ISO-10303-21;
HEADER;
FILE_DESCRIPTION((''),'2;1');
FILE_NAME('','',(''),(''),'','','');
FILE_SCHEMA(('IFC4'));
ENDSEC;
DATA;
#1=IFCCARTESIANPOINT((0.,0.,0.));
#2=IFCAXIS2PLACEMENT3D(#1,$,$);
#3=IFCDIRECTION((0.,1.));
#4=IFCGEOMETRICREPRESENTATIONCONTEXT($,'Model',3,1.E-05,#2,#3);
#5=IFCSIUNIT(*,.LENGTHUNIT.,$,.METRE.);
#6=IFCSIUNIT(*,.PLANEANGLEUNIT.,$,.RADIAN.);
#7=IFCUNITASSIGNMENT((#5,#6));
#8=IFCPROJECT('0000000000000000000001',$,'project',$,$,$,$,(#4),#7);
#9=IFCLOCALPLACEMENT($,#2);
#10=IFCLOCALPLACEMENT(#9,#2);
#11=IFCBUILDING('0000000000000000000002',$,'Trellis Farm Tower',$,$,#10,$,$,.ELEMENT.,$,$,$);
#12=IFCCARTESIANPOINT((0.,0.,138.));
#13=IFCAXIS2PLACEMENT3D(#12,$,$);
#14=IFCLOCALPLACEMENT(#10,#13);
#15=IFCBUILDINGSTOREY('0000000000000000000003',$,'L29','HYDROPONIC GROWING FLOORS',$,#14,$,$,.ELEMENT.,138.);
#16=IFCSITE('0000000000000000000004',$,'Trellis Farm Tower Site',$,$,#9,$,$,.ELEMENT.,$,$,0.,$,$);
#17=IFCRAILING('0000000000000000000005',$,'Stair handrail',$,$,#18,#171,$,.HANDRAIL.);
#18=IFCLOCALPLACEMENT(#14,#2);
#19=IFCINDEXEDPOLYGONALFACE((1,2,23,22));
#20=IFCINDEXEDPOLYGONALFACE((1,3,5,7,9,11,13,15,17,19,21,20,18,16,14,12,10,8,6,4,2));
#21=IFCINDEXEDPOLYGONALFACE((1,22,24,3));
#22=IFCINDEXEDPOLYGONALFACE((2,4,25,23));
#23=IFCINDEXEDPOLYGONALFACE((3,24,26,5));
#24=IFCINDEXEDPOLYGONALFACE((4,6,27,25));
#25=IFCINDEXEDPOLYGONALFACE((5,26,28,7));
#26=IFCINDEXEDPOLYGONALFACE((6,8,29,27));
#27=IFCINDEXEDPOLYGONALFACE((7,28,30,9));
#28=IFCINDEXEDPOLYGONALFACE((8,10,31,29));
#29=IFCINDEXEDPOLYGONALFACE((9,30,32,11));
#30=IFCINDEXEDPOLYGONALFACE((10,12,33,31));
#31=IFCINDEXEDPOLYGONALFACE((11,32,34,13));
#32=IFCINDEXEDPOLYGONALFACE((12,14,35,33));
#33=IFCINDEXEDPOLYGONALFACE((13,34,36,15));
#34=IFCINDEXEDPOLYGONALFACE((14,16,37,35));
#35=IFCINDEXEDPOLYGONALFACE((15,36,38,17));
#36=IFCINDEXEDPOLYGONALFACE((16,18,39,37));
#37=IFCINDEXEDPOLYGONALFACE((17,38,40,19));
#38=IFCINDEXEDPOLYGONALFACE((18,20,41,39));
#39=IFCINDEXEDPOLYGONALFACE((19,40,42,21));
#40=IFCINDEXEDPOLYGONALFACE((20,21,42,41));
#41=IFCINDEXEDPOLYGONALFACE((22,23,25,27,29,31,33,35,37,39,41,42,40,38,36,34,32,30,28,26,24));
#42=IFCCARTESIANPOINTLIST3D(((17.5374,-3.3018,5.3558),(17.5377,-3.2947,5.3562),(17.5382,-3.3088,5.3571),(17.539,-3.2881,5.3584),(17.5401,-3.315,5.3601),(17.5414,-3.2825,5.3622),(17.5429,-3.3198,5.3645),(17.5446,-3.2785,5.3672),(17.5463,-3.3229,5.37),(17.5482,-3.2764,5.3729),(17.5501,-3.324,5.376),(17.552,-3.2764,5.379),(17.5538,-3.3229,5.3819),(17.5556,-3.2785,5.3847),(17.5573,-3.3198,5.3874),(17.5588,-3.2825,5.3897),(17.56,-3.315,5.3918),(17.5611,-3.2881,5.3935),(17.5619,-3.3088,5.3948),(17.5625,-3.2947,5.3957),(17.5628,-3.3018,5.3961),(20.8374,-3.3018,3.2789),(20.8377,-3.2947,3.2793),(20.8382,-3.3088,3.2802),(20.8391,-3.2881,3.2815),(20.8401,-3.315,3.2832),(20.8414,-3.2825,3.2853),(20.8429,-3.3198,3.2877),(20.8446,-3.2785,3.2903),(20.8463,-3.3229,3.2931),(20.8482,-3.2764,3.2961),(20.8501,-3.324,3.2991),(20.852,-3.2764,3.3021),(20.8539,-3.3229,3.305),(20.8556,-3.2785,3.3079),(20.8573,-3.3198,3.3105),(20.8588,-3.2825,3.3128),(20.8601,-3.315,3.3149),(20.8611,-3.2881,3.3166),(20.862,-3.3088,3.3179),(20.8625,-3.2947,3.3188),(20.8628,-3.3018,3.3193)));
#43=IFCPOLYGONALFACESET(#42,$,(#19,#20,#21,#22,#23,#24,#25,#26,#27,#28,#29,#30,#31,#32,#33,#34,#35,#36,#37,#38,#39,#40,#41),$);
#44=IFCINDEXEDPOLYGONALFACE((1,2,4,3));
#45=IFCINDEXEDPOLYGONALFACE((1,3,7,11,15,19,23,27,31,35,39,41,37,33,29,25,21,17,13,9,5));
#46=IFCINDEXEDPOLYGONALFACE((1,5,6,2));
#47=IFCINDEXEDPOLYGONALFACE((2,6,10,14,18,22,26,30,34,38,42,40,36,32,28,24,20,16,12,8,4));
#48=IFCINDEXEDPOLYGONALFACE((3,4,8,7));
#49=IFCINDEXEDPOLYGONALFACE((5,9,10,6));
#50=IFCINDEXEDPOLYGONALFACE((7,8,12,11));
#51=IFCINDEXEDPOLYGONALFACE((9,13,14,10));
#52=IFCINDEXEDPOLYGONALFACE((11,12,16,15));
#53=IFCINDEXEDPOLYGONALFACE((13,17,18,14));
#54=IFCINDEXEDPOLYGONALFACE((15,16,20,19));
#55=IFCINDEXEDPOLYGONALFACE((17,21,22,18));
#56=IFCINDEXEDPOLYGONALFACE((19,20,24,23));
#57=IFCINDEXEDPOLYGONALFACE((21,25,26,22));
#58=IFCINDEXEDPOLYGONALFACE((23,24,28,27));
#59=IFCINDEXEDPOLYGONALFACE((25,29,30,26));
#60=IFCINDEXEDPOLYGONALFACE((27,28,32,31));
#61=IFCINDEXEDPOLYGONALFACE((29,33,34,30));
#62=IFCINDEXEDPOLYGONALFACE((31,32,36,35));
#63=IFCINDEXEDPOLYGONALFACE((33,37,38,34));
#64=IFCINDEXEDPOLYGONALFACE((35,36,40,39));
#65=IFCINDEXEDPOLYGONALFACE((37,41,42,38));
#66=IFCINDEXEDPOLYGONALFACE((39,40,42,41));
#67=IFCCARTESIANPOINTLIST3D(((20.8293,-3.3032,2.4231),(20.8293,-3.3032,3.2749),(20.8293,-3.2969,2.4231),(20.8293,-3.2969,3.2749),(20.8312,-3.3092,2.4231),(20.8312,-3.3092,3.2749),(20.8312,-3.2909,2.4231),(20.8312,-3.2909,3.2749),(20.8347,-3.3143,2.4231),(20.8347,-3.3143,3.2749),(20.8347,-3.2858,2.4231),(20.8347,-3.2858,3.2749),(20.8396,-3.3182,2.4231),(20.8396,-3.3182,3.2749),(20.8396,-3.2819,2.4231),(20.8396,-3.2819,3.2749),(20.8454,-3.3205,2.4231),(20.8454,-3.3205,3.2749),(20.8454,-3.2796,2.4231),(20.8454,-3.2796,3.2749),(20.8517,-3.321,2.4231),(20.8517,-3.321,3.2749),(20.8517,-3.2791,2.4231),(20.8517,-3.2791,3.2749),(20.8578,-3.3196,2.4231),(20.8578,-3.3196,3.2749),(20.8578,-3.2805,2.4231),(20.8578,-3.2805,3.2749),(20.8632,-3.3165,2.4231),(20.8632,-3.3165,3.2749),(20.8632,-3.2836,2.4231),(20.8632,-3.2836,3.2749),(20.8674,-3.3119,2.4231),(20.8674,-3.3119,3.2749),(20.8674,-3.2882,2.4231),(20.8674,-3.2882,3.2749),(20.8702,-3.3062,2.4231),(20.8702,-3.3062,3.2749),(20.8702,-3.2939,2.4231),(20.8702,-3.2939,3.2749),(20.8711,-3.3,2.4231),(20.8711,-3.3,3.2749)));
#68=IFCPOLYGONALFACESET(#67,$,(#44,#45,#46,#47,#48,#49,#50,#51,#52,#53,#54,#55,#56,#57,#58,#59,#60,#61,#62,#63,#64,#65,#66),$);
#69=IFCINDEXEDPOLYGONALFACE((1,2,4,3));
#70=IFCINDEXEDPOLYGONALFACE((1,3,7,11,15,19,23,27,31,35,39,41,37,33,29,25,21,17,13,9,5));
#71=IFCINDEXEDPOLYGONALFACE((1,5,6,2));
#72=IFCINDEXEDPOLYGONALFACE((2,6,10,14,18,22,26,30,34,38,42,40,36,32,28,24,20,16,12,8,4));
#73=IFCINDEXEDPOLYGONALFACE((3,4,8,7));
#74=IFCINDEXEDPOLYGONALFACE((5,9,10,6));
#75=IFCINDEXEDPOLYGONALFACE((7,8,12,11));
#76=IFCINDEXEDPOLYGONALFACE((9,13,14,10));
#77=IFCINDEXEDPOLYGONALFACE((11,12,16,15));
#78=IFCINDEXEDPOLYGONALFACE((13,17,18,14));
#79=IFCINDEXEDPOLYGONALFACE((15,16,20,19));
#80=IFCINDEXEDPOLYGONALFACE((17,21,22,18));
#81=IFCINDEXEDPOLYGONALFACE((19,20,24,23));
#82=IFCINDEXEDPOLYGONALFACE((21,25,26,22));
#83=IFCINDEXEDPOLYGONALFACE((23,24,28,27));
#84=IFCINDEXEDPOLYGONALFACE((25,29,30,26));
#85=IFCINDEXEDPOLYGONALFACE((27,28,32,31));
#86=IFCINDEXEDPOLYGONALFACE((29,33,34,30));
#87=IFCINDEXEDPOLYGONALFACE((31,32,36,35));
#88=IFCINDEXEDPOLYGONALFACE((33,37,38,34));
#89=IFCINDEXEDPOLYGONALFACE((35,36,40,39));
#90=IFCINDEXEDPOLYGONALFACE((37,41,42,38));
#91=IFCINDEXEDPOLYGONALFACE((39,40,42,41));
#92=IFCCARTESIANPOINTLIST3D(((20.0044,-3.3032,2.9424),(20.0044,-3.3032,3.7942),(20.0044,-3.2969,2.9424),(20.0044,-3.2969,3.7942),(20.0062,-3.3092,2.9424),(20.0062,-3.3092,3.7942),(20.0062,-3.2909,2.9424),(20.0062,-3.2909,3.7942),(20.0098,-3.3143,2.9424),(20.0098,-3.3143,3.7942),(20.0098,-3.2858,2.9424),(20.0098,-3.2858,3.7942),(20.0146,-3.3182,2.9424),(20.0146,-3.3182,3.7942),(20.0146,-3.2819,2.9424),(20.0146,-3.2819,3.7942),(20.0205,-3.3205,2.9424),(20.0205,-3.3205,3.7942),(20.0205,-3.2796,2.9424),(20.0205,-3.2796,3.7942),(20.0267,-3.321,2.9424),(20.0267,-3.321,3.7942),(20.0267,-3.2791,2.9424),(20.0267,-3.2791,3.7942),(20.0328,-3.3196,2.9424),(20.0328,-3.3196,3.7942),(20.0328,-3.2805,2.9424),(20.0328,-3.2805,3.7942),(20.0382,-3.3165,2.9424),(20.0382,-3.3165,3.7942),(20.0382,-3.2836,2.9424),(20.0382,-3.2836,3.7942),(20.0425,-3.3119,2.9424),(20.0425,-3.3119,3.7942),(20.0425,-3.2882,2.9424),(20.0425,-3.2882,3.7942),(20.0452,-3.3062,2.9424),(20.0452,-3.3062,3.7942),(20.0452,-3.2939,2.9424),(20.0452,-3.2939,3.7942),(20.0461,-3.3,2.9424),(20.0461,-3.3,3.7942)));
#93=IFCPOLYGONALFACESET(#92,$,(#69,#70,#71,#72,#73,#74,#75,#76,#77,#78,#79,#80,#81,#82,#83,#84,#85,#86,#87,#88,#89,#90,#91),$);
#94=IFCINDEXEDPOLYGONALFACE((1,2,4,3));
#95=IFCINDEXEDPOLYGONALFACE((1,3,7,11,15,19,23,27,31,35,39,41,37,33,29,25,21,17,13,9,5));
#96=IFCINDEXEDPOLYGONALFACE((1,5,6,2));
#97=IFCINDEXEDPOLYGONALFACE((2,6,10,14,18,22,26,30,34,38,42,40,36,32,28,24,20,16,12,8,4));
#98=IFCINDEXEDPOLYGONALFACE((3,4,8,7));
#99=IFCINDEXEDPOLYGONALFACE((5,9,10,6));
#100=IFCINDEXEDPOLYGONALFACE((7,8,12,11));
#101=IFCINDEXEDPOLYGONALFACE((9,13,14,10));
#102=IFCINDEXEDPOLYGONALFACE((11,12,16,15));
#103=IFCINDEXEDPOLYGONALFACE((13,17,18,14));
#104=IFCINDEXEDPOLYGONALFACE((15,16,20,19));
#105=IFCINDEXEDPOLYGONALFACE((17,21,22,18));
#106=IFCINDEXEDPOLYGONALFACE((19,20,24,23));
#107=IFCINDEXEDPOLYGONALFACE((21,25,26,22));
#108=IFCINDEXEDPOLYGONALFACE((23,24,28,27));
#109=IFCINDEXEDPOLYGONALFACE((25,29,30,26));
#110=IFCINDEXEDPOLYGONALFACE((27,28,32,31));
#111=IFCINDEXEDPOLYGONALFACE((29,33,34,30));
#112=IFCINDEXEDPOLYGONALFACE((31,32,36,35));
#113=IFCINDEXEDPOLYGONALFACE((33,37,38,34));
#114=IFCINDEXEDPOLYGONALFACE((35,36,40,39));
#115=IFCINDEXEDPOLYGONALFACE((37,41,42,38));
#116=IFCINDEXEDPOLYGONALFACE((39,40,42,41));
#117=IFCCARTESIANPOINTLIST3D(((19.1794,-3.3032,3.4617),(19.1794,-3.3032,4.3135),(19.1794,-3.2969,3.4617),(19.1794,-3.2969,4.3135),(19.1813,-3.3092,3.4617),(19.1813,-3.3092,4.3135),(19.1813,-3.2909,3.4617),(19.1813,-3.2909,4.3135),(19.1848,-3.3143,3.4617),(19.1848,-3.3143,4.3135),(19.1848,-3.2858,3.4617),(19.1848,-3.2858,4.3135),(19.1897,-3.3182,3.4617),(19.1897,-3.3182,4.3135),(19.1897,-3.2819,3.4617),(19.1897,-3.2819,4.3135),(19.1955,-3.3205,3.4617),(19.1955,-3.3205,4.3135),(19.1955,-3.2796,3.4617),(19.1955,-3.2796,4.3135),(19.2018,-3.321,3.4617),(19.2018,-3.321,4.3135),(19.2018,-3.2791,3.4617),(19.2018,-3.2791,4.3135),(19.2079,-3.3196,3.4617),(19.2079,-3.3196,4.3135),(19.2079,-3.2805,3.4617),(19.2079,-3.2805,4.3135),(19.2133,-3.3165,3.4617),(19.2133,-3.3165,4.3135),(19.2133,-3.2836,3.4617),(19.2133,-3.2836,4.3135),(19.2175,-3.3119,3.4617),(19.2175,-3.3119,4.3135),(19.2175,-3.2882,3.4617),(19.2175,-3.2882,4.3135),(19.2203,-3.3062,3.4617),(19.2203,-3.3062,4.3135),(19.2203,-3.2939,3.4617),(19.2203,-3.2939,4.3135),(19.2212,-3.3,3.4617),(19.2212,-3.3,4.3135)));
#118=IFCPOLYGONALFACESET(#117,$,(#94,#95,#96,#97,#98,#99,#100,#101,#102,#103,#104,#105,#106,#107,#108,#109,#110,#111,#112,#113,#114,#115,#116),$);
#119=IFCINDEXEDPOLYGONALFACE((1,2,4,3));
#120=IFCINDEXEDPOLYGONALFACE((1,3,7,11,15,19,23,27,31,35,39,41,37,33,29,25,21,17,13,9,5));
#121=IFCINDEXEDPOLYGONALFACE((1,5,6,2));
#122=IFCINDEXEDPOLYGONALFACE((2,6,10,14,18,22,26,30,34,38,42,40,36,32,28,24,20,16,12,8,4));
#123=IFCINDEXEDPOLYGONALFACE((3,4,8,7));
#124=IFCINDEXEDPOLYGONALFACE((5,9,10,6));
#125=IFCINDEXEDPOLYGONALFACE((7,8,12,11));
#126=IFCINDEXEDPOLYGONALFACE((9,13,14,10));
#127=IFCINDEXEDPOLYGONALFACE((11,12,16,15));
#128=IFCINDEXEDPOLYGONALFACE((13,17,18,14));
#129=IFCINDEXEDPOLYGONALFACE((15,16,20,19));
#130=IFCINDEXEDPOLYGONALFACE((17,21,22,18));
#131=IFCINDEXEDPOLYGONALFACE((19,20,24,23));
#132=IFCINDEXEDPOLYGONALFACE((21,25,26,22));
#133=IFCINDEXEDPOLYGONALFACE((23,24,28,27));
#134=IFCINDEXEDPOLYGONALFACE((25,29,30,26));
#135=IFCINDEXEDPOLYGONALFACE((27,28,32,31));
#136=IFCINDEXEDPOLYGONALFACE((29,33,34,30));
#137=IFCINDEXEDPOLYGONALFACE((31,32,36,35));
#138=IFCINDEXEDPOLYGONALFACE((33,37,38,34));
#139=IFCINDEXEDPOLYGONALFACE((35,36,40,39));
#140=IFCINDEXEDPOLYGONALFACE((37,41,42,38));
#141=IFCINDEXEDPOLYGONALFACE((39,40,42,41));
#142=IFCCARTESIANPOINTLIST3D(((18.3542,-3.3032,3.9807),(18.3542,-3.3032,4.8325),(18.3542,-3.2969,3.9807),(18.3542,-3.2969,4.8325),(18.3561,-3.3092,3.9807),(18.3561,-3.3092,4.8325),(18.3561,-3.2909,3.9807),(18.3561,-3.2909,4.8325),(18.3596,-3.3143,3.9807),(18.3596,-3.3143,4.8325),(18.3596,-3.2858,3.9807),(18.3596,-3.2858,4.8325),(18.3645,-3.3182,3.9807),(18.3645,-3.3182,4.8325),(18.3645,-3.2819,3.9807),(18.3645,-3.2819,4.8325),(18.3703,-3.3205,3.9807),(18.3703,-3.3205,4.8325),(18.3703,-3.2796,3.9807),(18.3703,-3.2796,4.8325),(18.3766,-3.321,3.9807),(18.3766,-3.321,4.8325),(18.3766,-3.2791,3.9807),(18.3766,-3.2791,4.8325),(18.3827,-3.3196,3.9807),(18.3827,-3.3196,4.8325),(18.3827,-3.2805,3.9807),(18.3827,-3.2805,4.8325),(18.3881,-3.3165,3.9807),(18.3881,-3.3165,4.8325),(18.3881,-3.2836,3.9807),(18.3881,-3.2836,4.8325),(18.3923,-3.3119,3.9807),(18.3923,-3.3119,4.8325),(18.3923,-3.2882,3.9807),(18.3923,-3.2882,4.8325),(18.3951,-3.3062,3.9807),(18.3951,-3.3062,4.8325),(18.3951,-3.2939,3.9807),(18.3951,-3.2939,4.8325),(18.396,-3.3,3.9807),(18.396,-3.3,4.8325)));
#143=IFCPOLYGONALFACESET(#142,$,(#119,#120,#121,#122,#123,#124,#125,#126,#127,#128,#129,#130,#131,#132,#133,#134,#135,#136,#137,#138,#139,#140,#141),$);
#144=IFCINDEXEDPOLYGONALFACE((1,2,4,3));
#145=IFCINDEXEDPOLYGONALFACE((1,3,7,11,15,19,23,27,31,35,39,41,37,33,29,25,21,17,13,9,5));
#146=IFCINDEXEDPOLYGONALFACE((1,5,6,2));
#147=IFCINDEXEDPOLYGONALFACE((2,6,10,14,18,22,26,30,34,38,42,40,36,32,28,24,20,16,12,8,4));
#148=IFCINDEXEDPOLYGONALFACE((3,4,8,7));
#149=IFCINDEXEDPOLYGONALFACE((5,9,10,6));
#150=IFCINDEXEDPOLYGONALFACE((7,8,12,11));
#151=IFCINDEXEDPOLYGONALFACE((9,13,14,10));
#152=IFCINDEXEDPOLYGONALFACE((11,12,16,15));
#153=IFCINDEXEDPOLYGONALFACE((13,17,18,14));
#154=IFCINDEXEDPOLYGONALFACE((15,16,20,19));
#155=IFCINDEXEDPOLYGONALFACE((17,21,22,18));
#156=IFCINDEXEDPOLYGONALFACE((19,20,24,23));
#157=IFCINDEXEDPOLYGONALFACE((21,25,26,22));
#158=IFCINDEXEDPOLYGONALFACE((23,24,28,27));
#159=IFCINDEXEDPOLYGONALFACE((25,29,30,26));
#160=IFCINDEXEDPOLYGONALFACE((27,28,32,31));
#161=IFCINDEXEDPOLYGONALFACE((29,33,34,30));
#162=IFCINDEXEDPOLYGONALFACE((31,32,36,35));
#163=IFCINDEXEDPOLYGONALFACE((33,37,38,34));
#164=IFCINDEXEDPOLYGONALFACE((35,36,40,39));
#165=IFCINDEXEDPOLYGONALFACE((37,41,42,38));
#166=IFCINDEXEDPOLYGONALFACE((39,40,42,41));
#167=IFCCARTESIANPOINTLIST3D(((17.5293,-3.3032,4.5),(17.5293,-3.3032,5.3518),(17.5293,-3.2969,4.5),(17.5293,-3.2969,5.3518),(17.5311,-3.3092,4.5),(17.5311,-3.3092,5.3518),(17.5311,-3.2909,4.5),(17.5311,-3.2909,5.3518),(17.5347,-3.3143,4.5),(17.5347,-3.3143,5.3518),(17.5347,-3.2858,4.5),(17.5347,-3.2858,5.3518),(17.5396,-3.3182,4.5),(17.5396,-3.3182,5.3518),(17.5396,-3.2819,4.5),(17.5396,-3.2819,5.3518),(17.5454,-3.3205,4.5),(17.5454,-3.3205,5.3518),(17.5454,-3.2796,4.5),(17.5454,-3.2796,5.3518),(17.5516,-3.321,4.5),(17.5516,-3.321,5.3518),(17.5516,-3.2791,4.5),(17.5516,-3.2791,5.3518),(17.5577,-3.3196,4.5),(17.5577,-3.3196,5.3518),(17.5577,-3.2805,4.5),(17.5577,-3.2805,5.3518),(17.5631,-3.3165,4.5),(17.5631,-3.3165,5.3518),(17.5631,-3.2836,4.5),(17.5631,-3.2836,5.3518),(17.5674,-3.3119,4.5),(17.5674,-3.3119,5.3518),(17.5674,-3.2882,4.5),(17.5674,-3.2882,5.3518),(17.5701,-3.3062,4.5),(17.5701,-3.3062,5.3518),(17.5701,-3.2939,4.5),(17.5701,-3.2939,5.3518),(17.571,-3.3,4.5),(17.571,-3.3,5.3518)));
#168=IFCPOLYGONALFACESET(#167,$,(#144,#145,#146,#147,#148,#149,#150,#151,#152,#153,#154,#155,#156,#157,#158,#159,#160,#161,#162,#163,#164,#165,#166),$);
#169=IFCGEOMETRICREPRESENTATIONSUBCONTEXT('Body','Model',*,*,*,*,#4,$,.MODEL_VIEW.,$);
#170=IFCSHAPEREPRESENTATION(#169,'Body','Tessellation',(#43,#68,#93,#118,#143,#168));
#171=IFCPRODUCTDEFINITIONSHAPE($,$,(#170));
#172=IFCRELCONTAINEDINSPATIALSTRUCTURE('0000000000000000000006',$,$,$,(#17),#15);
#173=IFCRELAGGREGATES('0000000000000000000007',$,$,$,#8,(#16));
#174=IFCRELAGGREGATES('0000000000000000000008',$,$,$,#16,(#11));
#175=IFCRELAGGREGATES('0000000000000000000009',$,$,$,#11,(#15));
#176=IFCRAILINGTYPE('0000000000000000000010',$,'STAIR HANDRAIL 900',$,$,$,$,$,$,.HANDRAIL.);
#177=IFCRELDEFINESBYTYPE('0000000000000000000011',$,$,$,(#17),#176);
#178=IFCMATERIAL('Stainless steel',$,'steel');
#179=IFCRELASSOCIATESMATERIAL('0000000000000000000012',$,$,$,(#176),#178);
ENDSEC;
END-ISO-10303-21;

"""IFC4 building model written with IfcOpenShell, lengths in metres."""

from ifc_helpers import new_model, si_unit, direction, frame, origin, origin_2d, place, context, subcontext, project, spatial, circle, extrude, source, transform, mapped, material, type_object, element, save


model = new_model("IFC4")

# Units and contexts
model_context = context("Model", 3, precision=1e-05, world=origin(), true_north=direction((0.0, 1.0)))
body_context = subcontext(model_context, "Body", "Model", "MODEL_VIEW")
ifc_project = project(units=[si_unit("LENGTHUNIT", "METRE"), si_unit("PLANEANGLEUNIT", "RADIAN")], contexts=[model_context])

# Site, building, storey
site_placement = place(None, origin())
site = spatial("IfcSite", under=ifc_project, at=site_placement, Name="Trellis Farm Tower Site", CompositionType="ELEMENT", RefElevation=0.0)
building_placement = place(site_placement, origin())
building = spatial("IfcBuilding", under=site, at=building_placement, Name="Trellis Farm Tower", CompositionType="ELEMENT")
storey_placement = place(building_placement, frame((0.0, 0.0, 138.0)))
storey = spatial("IfcBuildingStorey", under=building, at=storey_placement, Name="L29", Description="HYDROPONIC GROWING FLOORS", CompositionType="ELEMENT", Elevation=138.0)

# Shared definitions
ifc_material_1 = material(Name="Stainless steel", Category="steel")

# Railing
railing_type = type_object("IfcRailingType", Name="STAIR HANDRAIL 900", PredefinedType="HANDRAIL", material=ifc_material_1)
shared_shape_1 = source(origin(), body_context, "Body", "SweptSolid", [
    extrude(circle(Radius=0.0239, at=origin_2d()), frame((0.0, 0.0, 0.876), z_axis=(-0.846337, 0.0, 0.532647), x_axis=(0.0, -1.0, 0.0)), (0.0, 0.0, 1.0), 3.8992),
    extrude(circle(Radius=0.021, at=origin_2d()), origin(), (0.0, 0.0, 1.0), 0.8518),
    extrude(circle(Radius=0.021, at=origin_2d()), frame((-0.825, 0.0, 0.5193)), (0.0, 0.0, 1.0), 0.8518),
    extrude(circle(Radius=0.021, at=origin_2d()), frame((-1.6499, 0.0, 1.0386)), (0.0, 0.0, 1.0), 0.8518),
    extrude(circle(Radius=0.021, at=origin_2d()), frame((-2.4751, 0.0, 1.5576)), (0.0, 0.0, 1.0), 0.8518),
    extrude(circle(Radius=0.021, at=origin_2d()), frame((-3.3, 0.0, 2.0769)), (0.0, 0.0, 1.0), 0.8518),
])
for number, where, name in (
    (1, (20.8501, -3.3, 2.4231), "Stair handrail"),
):
    element("IfcRailing", number, at=place(storey_placement, frame(where)), inside=storey, type_object=railing_type, Name=name, PredefinedType="HANDRAIL", context=body_context, shape_type="MappedRepresentation", body=[
        mapped(shared_shape_1, transform((0.0, 0.0, 0.0))),
    ])

save(model, "model.ifc")
